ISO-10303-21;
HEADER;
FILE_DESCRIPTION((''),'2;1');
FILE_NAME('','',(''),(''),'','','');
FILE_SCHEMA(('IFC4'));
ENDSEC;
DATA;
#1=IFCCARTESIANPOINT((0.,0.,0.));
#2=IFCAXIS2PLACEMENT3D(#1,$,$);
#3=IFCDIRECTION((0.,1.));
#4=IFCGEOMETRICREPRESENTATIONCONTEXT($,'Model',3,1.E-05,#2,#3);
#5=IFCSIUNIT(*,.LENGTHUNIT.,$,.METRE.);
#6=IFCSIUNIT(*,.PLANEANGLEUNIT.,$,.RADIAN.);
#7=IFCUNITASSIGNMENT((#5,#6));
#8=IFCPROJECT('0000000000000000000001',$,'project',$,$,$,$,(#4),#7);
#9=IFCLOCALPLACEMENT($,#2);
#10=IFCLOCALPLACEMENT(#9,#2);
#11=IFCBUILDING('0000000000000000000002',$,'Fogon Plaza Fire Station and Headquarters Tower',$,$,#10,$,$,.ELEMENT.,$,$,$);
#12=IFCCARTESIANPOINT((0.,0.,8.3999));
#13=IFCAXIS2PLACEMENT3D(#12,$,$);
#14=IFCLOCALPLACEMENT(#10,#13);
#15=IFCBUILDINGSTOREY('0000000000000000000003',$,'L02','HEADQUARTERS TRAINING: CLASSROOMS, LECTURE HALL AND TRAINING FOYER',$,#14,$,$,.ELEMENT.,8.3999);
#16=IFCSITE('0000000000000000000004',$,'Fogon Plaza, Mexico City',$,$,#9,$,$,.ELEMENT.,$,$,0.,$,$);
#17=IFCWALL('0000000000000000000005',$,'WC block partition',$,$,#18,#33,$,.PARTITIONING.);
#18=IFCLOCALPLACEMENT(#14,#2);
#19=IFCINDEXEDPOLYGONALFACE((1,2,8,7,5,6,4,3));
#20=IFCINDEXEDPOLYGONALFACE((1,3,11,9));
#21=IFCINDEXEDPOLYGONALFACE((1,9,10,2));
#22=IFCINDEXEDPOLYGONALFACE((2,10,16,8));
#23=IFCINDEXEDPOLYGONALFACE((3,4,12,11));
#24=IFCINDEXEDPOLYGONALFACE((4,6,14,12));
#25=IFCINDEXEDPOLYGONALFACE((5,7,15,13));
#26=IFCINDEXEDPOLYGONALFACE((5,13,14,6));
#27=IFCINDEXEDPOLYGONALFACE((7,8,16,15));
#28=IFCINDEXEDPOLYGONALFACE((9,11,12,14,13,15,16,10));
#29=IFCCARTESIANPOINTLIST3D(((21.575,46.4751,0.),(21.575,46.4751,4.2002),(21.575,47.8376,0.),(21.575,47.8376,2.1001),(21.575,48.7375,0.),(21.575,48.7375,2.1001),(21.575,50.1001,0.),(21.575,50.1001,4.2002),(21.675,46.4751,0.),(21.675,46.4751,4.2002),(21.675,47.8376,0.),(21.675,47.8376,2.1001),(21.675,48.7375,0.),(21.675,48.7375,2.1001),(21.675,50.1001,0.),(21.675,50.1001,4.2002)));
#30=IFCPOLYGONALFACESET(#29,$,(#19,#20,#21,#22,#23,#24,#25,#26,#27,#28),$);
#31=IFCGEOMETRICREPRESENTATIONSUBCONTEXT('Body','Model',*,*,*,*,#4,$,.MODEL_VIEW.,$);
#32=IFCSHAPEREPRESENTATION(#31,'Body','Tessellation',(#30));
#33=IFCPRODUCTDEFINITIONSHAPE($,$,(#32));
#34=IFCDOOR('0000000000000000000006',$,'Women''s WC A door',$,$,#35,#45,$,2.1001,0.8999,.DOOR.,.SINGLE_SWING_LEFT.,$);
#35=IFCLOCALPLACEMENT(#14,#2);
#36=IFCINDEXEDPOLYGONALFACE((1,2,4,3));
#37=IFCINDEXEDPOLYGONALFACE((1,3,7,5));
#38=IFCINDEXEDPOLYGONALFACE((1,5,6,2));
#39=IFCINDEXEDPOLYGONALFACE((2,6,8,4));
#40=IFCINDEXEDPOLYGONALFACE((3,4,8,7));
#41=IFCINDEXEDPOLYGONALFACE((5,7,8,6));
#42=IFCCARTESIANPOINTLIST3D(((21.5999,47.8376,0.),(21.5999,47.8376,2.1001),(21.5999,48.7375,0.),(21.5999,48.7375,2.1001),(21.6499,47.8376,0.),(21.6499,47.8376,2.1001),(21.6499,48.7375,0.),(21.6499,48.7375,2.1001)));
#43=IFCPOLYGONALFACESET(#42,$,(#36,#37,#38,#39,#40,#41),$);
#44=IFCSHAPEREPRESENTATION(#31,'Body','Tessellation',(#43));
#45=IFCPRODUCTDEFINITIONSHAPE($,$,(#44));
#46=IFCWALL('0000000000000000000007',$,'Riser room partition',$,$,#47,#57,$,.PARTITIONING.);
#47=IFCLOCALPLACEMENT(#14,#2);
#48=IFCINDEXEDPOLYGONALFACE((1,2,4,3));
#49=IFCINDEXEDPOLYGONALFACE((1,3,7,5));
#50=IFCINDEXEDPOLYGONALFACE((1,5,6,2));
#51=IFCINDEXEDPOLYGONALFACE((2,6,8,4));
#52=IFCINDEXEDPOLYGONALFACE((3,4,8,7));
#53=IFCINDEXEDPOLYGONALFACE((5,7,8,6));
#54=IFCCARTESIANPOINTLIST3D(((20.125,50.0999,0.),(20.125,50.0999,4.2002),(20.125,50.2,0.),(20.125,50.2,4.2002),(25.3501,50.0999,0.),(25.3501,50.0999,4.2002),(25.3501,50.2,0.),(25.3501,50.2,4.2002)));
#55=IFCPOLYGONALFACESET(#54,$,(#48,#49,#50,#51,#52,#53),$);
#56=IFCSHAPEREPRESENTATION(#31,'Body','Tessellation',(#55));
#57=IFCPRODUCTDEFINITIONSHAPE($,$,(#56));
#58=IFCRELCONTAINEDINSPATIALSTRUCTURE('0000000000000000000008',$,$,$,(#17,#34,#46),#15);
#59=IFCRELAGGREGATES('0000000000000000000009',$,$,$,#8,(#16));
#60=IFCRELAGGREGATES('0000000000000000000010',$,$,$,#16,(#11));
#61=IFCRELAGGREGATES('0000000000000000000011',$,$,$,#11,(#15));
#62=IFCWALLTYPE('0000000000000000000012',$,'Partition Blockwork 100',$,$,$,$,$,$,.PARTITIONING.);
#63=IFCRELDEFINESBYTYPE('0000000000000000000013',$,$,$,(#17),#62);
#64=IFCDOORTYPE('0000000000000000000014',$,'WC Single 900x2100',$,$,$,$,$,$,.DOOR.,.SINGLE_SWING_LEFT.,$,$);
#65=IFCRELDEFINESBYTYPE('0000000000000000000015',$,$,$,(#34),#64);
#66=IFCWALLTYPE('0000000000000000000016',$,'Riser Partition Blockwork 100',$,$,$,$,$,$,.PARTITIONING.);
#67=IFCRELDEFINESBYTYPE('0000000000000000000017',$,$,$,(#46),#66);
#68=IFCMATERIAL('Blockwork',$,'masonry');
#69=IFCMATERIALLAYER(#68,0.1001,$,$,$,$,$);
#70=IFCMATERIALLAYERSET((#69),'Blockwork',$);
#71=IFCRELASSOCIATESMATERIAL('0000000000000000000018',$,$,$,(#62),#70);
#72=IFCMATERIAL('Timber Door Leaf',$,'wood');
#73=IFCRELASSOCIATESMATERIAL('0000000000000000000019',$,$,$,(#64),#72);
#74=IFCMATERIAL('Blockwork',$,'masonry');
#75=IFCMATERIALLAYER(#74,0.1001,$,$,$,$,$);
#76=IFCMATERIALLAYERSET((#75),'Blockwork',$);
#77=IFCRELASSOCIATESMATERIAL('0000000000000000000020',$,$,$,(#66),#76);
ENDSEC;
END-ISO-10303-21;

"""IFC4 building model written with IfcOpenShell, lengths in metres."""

from ifc_helpers import new_model, si_unit, direction, frame, frame_2d, origin, place, context, subcontext, project, spatial, rectangle, extrude, material, layer, layer_set, type_object, element, fill, save


model = new_model("IFC4")

# Units and contexts
model_context = context("Model", 3, precision=1e-05, world=origin(), true_north=direction((0.0, 1.0)))
body_context = subcontext(model_context, "Body", "Model", "MODEL_VIEW")
ifc_project = project(units=[si_unit("LENGTHUNIT", "METRE"), si_unit("PLANEANGLEUNIT", "RADIAN")], contexts=[model_context])

# Site, building, storey
site_placement = place(None, origin())
site = spatial("IfcSite", under=ifc_project, at=site_placement, Name="Fogon Plaza, Mexico City", CompositionType="ELEMENT", RefElevation=0.0)
building_placement = place(site_placement, origin())
building = spatial("IfcBuilding", under=site, at=building_placement, Name="Fogon Plaza Fire Station and Headquarters Tower", CompositionType="ELEMENT")
storey_placement = place(building_placement, frame((0.0, 0.0, 8.3999)))
storey = spatial("IfcBuildingStorey", under=building, at=storey_placement, Name="L02", Description="HEADQUARTERS TRAINING: CLASSROOMS, LECTURE HALL AND TRAINING FOYER", CompositionType="ELEMENT", Elevation=8.3999)

# Shared definitions
ifc_material_1 = material(Name="Blockwork", Category="masonry")
ifc_layer_1 = layer(ifc_material_1, 0.1001)
ifc_layer_set_1 = layer_set([ifc_layer_1], Name="Blockwork")
wall_type_1 = type_object("IfcWallType", Name="Partition Blockwork 100", PredefinedType="PARTITIONING", material=ifc_layer_set_1)

# Shared definitions
ifc_material_2 = material(Name="Timber Door Leaf", Category="wood")
door_type_1 = type_object("IfcDoorType", Name="WC Single 900x2100", OperationType="SINGLE_SWING_LEFT", PredefinedType="DOOR", material=ifc_material_2)

# Wall, opening, door
wall_1_placement = place(storey_placement, frame((21.625, 46.4751, 0.0), z_axis=(0.0, 0.0, 1.0), x_axis=(0.0, 1.0, 0.0)))
wall_1 = element("IfcWall", 1, at=wall_1_placement, inside=storey, type_object=wall_type_1, Name="WC block partition", PredefinedType="PARTITIONING", context=body_context, shape_type="SweptSolid", body=[
    extrude(rectangle(XDim=3.625, YDim=0.1001, at=frame_2d((1.8125, 0.0))), origin(), (0.0, 0.0, 1.0), 4.2002),
])
opening_1_placement = place(wall_1_placement, frame((1.3625, 0.0, 0.0)))
opening_1 = element("IfcOpeningElement", 2, at=opening_1_placement, cuts=wall_1, PredefinedType="OPENING", context=body_context, shape_type="SweptSolid", body=[
    extrude(rectangle(XDim=0.8999, YDim=2.1001, at=frame_2d((0.45, 1.05))), frame((0.0, 0.0601, 0.0), z_axis=(0.0, -1.0, 0.0), x_axis=(1.0, 0.0, 0.0)), (0.0, 0.0, 1.0), 0.1201),
])
door_1_placement = place(opening_1_placement, frame((0.8999, 0.0, 0.0), z_axis=(0.0, 0.0, 1.0), x_axis=(-1.0, 0.0, 0.0)))
door_1 = element("IfcDoor", 3, at=door_1_placement, inside=storey, type_object=door_type_1, Name="Women's WC A door", OperationType="SINGLE_SWING_LEFT", OverallHeight=2.1001, OverallWidth=0.8999, PredefinedType="DOOR", context=body_context, shape_type="SweptSolid", body=[
    extrude(rectangle(XDim=0.8999, YDim=2.1001, at=frame_2d((0.45, 1.05))), frame((0.0, 0.0249, 0.0), z_axis=(0.0, -1.0, 0.0), x_axis=(1.0, 0.0, 0.0)), (0.0, 0.0, 1.0), 0.05),
])
fill(opening_1, door_1)

# Wall
ifc_material_3 = material(Name="Blockwork", Category="masonry")
ifc_layer_2 = layer(ifc_material_3, 0.1001)
ifc_layer_set_2 = layer_set([ifc_layer_2], Name="Blockwork")
wall_type_2 = type_object("IfcWallType", Name="Riser Partition Blockwork 100", PredefinedType="PARTITIONING", material=ifc_layer_set_2)
wall_2_placement = place(storey_placement, frame((20.125, 50.1499, 0.0), z_axis=(0.0, 0.0, 1.0), x_axis=(1.0, 0.0, 0.0)))
element("IfcWall", 4, at=wall_2_placement, inside=storey, type_object=wall_type_2, Name="Riser room partition", PredefinedType="PARTITIONING", context=body_context, shape_type="SweptSolid", body=[
    extrude(rectangle(XDim=5.2251, YDim=0.1001, at=frame_2d((2.6125, 0.0))), origin(), (0.0, 0.0, 1.0), 4.2002),
])

save(model, "model.ifc")
